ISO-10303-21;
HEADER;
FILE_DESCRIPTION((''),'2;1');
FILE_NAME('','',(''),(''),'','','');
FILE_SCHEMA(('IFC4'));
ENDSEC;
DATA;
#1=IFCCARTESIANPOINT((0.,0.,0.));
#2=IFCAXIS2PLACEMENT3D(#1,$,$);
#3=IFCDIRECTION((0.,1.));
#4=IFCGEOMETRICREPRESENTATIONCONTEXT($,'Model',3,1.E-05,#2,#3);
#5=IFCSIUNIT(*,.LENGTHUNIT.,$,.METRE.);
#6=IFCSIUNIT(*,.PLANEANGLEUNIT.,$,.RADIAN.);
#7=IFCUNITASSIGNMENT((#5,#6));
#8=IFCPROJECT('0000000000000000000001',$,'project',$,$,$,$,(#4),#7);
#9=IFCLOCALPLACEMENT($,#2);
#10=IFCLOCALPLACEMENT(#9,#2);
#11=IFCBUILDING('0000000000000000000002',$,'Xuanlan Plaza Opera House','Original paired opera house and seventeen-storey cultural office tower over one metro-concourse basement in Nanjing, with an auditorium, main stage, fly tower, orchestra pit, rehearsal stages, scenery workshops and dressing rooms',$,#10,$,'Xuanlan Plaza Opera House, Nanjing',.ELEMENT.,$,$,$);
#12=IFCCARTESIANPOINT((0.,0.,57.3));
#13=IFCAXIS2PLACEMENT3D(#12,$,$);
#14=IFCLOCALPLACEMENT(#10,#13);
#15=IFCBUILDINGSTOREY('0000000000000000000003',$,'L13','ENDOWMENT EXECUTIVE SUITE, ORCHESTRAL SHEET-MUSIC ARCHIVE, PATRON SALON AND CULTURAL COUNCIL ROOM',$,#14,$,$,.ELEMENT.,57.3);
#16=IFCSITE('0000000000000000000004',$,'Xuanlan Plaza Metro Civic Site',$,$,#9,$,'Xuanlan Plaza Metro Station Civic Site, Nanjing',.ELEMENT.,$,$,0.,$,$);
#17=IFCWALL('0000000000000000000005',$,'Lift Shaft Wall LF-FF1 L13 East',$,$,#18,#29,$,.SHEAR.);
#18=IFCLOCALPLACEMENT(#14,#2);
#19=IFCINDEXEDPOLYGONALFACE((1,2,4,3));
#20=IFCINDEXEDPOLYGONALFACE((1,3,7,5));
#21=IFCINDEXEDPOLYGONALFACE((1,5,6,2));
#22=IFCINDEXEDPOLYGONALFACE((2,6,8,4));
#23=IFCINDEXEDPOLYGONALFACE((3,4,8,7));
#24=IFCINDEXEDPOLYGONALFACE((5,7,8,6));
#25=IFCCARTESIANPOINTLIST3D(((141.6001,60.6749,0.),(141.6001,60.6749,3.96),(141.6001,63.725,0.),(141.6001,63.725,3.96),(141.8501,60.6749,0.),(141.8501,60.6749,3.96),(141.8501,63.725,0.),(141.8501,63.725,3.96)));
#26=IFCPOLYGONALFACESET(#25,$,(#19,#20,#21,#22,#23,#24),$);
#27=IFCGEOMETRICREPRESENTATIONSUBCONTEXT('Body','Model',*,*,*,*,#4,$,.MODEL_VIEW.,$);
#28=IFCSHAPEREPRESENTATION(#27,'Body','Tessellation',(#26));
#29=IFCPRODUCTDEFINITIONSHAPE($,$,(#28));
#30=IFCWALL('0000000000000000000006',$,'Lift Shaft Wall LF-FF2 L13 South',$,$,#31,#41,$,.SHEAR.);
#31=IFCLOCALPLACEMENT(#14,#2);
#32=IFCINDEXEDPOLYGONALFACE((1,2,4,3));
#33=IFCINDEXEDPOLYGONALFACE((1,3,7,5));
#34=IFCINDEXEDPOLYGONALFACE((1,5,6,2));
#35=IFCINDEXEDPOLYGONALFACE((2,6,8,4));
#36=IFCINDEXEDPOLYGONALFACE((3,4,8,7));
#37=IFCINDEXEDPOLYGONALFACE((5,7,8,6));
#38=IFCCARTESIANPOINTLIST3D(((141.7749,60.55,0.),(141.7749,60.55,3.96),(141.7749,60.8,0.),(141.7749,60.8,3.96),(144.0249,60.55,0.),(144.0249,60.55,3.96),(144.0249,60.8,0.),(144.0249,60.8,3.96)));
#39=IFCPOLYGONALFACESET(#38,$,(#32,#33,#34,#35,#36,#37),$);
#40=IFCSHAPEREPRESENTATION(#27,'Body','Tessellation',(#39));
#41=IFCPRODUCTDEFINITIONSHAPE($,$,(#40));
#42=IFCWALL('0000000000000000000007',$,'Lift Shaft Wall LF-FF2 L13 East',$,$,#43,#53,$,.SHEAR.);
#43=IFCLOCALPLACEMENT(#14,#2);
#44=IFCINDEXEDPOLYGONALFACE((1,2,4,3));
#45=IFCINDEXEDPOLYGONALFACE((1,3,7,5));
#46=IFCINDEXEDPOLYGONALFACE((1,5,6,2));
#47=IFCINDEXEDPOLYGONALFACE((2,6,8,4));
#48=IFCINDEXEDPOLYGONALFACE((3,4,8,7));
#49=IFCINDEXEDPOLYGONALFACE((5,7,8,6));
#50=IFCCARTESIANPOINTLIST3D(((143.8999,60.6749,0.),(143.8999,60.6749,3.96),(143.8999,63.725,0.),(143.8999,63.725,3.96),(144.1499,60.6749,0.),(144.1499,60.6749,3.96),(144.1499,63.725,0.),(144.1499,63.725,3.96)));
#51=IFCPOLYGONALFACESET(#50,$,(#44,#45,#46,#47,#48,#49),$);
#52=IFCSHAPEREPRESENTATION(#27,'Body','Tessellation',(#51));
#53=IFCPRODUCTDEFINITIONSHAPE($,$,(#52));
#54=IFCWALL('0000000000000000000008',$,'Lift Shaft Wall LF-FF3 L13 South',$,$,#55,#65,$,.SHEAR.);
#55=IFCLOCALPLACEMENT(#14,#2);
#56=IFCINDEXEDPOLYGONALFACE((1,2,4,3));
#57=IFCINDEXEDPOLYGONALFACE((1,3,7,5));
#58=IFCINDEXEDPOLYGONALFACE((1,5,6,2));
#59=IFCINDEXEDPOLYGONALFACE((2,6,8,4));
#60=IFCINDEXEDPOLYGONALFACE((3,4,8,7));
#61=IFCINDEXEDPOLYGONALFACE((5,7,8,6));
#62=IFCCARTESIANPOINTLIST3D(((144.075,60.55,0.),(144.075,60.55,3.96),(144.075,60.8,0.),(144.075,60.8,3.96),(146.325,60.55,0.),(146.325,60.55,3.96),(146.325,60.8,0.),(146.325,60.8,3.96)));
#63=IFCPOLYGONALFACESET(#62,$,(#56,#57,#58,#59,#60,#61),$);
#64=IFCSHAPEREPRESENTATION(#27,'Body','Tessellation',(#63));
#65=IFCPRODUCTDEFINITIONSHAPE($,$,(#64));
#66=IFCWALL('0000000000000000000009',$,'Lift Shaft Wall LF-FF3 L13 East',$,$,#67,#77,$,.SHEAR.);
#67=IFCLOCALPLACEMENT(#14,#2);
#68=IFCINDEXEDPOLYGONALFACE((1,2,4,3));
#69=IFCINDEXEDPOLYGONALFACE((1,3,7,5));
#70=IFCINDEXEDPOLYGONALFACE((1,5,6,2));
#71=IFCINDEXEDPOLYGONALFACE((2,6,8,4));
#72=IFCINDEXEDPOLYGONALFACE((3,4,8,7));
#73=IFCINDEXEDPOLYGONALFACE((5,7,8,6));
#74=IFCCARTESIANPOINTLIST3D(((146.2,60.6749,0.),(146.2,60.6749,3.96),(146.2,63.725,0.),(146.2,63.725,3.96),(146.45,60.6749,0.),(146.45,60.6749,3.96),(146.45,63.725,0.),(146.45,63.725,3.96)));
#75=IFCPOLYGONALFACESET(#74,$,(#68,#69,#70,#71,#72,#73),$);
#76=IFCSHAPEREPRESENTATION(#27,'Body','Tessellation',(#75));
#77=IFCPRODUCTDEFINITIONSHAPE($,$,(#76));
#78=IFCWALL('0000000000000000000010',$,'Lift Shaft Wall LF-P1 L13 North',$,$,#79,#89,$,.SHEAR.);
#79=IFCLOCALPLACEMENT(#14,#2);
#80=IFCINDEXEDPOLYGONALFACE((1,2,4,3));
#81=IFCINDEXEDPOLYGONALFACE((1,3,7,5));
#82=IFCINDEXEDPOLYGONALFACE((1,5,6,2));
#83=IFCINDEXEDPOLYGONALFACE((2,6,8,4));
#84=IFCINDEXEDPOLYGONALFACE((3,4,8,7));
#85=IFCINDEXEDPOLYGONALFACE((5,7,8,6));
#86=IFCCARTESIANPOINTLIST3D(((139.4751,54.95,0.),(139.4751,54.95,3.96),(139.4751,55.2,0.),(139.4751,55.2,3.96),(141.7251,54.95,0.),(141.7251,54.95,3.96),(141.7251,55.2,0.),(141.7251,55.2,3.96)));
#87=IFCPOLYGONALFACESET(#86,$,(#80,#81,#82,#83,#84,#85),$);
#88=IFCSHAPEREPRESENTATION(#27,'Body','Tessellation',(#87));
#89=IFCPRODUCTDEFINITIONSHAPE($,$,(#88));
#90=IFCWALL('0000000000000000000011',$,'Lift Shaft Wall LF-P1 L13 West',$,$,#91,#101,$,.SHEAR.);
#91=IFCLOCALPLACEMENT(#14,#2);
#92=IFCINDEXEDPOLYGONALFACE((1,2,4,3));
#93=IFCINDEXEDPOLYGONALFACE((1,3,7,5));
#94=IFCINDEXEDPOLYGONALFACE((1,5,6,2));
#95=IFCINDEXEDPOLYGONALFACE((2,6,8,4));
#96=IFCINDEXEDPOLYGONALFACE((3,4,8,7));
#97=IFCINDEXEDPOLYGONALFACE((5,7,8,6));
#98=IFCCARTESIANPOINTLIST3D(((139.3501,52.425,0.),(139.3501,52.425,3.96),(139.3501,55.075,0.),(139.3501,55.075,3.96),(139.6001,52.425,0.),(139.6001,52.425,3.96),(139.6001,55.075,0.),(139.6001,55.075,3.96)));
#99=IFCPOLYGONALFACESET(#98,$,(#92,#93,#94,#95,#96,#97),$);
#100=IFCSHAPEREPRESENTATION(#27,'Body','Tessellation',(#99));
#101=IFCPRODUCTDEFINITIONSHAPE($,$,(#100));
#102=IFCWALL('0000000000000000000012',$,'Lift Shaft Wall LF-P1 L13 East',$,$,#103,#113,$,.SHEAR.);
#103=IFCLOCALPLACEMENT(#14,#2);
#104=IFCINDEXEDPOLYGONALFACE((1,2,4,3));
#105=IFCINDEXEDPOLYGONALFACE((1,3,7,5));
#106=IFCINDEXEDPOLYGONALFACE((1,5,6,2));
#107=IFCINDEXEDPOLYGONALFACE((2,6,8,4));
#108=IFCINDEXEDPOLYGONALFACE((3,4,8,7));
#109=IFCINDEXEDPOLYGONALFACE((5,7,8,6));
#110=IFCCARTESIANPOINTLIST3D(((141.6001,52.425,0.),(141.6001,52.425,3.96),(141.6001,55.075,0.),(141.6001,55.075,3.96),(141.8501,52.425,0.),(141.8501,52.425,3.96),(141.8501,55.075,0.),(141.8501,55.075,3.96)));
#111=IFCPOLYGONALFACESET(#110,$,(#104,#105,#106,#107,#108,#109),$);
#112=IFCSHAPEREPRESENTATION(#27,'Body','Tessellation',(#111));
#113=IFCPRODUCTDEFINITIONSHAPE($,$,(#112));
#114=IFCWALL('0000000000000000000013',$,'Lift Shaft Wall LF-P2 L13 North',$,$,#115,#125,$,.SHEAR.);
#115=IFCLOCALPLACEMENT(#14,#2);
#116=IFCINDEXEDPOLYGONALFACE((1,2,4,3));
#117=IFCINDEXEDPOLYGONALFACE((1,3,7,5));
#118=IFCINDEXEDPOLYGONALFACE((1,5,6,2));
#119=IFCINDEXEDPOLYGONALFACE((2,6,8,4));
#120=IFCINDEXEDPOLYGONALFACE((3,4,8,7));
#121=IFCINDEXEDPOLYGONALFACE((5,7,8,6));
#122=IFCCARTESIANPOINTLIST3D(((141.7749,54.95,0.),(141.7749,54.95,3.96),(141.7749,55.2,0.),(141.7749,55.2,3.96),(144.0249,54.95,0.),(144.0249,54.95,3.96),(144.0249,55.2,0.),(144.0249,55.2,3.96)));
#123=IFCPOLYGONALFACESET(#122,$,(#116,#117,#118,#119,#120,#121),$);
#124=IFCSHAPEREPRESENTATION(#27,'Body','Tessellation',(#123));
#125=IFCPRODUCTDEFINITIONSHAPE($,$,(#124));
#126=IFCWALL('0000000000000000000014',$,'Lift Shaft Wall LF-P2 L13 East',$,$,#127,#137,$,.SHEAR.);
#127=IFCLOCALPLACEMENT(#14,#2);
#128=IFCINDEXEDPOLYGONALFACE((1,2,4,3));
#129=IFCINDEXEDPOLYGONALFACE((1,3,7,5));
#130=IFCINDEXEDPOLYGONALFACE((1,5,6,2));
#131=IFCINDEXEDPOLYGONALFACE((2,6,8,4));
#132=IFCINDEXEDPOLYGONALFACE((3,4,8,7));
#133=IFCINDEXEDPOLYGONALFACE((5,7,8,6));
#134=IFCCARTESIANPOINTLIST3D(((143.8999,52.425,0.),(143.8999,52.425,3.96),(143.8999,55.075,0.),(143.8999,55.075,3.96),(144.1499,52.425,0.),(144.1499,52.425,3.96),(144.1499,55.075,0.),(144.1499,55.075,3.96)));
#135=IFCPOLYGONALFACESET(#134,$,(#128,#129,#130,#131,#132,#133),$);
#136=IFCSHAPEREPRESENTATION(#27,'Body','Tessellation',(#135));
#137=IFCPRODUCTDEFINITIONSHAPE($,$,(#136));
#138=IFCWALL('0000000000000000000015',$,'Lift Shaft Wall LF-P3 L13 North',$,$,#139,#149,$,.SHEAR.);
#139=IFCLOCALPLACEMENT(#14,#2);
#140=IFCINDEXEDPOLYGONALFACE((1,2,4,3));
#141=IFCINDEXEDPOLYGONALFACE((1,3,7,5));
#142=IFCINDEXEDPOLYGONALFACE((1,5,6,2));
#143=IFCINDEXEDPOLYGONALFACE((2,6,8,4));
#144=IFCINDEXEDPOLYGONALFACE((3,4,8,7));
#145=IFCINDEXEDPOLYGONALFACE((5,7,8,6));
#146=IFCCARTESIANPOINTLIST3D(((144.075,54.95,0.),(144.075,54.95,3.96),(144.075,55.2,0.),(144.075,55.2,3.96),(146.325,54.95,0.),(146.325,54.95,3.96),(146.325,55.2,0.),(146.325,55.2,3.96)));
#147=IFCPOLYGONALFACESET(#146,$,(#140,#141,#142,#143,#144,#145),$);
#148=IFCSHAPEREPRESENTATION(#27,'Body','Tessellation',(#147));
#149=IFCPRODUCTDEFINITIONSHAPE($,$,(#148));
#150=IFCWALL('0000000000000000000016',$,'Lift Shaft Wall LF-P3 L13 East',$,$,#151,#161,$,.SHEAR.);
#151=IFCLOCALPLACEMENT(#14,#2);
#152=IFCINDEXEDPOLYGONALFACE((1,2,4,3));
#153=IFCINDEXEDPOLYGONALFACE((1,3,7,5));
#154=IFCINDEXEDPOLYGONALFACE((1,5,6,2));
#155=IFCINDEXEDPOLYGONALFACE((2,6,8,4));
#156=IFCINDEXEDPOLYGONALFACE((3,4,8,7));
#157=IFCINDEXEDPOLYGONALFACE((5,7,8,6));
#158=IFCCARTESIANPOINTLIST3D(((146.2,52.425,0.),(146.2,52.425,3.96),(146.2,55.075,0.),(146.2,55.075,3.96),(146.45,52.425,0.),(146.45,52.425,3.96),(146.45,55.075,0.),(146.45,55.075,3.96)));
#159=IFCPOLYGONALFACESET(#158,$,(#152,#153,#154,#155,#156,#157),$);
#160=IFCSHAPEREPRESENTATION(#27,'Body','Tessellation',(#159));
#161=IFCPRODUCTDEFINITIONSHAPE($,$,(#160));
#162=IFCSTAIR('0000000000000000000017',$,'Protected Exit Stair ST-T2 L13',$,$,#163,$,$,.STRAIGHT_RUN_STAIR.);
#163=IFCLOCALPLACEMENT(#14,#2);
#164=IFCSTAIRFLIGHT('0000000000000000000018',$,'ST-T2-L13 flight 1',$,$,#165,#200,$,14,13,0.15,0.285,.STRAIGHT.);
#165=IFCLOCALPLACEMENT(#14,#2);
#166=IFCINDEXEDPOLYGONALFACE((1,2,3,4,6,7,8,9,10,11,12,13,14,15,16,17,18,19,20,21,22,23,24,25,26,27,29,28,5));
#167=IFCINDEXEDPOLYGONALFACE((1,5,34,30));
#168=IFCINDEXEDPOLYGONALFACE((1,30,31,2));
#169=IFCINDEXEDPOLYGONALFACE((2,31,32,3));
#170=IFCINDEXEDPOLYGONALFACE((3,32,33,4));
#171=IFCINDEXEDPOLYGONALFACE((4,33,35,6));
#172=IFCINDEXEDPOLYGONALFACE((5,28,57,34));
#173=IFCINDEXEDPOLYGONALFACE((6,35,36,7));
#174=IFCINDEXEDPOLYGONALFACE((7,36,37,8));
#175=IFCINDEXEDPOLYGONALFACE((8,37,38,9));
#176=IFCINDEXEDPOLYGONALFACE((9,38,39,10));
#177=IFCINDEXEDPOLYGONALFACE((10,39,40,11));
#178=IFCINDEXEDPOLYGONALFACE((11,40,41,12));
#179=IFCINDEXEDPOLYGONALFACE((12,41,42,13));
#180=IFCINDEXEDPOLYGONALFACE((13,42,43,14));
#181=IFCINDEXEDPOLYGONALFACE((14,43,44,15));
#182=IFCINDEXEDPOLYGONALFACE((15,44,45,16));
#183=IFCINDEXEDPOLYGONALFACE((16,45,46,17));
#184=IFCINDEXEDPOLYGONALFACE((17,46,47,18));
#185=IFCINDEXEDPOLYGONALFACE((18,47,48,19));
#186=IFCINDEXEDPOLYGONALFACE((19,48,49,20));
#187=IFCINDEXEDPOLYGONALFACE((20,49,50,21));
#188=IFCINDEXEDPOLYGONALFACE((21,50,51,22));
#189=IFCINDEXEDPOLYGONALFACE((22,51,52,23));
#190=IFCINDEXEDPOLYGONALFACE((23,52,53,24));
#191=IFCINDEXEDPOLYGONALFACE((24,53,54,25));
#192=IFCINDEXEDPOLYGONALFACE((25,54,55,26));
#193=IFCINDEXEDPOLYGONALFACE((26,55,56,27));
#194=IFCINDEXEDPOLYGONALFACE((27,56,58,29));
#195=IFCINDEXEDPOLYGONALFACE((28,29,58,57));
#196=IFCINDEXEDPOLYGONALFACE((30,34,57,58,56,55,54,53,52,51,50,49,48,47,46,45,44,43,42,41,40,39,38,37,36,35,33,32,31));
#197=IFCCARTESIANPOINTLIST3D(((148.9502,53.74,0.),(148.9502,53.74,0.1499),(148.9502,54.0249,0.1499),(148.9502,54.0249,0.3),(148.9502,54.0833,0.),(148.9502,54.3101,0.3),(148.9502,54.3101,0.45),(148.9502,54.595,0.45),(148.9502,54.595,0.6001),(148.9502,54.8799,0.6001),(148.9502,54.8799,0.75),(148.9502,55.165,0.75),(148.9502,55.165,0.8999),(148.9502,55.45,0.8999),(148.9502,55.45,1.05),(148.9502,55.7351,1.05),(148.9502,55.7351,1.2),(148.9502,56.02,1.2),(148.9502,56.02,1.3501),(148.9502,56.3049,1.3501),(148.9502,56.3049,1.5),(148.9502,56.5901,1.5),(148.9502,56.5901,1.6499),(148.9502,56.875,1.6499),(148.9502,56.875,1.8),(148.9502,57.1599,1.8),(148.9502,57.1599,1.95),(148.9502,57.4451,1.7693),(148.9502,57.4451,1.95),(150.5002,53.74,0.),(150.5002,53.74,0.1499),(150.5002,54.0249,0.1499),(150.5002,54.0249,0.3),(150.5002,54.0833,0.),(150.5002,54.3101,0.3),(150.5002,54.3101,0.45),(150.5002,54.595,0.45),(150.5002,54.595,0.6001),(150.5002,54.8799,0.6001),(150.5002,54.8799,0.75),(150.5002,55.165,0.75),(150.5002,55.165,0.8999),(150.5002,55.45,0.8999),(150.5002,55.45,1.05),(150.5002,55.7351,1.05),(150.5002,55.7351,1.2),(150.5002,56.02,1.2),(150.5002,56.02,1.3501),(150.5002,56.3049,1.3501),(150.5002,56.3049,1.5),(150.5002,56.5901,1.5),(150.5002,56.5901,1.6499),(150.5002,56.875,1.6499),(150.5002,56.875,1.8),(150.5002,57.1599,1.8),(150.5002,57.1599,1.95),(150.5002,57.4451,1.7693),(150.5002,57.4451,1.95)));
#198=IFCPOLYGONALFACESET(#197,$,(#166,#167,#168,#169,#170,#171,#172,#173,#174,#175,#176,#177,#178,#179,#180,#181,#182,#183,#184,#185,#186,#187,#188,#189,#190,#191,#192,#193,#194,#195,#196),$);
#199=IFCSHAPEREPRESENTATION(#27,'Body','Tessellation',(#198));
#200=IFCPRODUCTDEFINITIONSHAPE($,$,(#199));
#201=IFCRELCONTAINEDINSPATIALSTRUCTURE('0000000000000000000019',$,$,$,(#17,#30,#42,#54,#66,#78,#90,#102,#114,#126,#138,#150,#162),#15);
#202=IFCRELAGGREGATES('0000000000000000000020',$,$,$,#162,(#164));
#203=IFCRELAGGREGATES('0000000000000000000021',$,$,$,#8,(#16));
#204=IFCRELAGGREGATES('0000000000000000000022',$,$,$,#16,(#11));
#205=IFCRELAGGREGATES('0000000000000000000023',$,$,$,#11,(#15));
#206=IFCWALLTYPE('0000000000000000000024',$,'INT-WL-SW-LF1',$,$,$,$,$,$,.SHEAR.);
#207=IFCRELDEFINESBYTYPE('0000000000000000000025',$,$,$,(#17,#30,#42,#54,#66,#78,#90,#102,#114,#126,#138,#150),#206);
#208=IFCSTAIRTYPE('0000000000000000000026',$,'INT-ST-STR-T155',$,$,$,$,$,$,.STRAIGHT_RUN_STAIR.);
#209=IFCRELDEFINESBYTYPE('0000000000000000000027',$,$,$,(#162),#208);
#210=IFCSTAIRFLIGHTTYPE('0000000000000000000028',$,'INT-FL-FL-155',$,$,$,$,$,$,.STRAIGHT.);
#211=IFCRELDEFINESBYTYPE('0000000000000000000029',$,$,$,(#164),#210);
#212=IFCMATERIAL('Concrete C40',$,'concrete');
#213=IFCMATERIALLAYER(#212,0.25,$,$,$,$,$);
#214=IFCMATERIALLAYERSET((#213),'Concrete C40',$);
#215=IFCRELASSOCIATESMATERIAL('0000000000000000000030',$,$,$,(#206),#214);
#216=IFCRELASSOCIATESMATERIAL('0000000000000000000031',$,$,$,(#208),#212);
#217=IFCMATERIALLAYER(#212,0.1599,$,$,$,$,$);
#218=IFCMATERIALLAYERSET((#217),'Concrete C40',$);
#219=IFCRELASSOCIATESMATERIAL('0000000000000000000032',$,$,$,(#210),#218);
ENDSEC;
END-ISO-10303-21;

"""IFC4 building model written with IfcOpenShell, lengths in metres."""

from ifc_helpers import new_model, si_unit, direction, frame, frame_2d, origin, place, context, subcontext, project, spatial, polyline, rectangle, outline, extrude, material, layer, layer_set, type_object, element, aggregate, save


model = new_model("IFC4")

# Units and contexts
model_context = context("Model", 3, precision=1e-05, world=origin(), true_north=direction((0.0, 1.0)))
body_context = subcontext(model_context, "Body", "Model", "MODEL_VIEW")
ifc_project = project(units=[si_unit("LENGTHUNIT", "METRE"), si_unit("PLANEANGLEUNIT", "RADIAN")], contexts=[model_context])

# Site, building, storey
site_placement = place(None, origin())
site = spatial("IfcSite", under=ifc_project, at=site_placement, Name="Xuanlan Plaza Metro Civic Site", LongName="Xuanlan Plaza Metro Station Civic Site, Nanjing", CompositionType="ELEMENT", RefElevation=0.0)
building_placement = place(site_placement, origin())
building = spatial("IfcBuilding", under=site, at=building_placement, Name="Xuanlan Plaza Opera House", Description="Original paired opera house and seventeen-storey cultural office tower over one metro-concourse basement in Nanjing, with an auditorium, main stage, fly tower, orchestra pit, rehearsal stages, scenery workshops and dressing rooms", LongName="Xuanlan Plaza Opera House, Nanjing", CompositionType="ELEMENT")
storey_placement = place(building_placement, frame((0.0, 0.0, 57.3)))
storey = spatial("IfcBuildingStorey", under=building, at=storey_placement, Name="L13", Description="ENDOWMENT EXECUTIVE SUITE, ORCHESTRAL SHEET-MUSIC ARCHIVE, PATRON SALON AND CULTURAL COUNCIL ROOM", CompositionType="ELEMENT", Elevation=57.3)

# Shared definitions
ifc_material_1 = material(Name="Concrete C40", Category="concrete")

# Walls
ifc_layer_1 = layer(ifc_material_1, 0.25)
ifc_layer_set_1 = layer_set([ifc_layer_1], Name="Concrete C40")
wall_type = type_object("IfcWallType", Name="INT-WL-SW-LF1", PredefinedType="SHEAR", material=ifc_layer_set_1)
for number, where, z_axis, x_axis, name in (
    (1, (141.7251, 60.675, 0.0), (0.0, 0.0, 1.0), (0.0, 1.0, 0.0), "Lift Shaft Wall LF-FF1 L13 East"),
):
    element("IfcWall", number, at=place(storey_placement, frame(where, z_axis=z_axis, x_axis=x_axis)), inside=storey, type_object=wall_type, Name=name, PredefinedType="SHEAR", context=body_context, shape_type="SweptSolid", body=[
        extrude(rectangle(XDim=3.05, YDim=0.25, at=frame_2d((1.5249, 0.0))), origin(), (0.0, 0.0, 1.0), 3.96),
    ])
wall_1_placement = place(storey_placement, frame((141.7749, 60.675, 0.0), z_axis=(0.0, 0.0, 1.0), x_axis=(1.0, 0.0, 0.0)))
element("IfcWall", 2, at=wall_1_placement, inside=storey, type_object=wall_type, Name="Lift Shaft Wall LF-FF2 L13 South", PredefinedType="SHEAR", context=body_context, shape_type="SweptSolid", body=[
    extrude(rectangle(XDim=2.25, YDim=0.25, at=frame_2d((1.125, 0.0))), origin(), (0.0, 0.0, 1.0), 3.96),
])
wall_2_placement = place(storey_placement, frame((144.0249, 60.675, 0.0), z_axis=(0.0, 0.0, 1.0), x_axis=(0.0, 1.0, 0.0)))
element("IfcWall", 3, at=wall_2_placement, inside=storey, type_object=wall_type, Name="Lift Shaft Wall LF-FF2 L13 East", PredefinedType="SHEAR", context=body_context, shape_type="SweptSolid", body=[
    extrude(rectangle(XDim=3.05, YDim=0.25, at=frame_2d((1.5249, 0.0))), origin(), (0.0, 0.0, 1.0), 3.96),
])
wall_3_placement = place(storey_placement, frame((144.075, 60.675, 0.0), z_axis=(0.0, 0.0, 1.0), x_axis=(1.0, 0.0, 0.0)))
element("IfcWall", 4, at=wall_3_placement, inside=storey, type_object=wall_type, Name="Lift Shaft Wall LF-FF3 L13 South", PredefinedType="SHEAR", context=body_context, shape_type="SweptSolid", body=[
    extrude(rectangle(XDim=2.25, YDim=0.25, at=frame_2d((1.125, 0.0))), origin(), (0.0, 0.0, 1.0), 3.96),
])
wall_4_placement = place(storey_placement, frame((146.325, 60.675, 0.0), z_axis=(0.0, 0.0, 1.0), x_axis=(0.0, 1.0, 0.0)))
element("IfcWall", 5, at=wall_4_placement, inside=storey, type_object=wall_type, Name="Lift Shaft Wall LF-FF3 L13 East", PredefinedType="SHEAR", context=body_context, shape_type="SweptSolid", body=[
    extrude(rectangle(XDim=3.05, YDim=0.25, at=frame_2d((1.5249, 0.0))), origin(), (0.0, 0.0, 1.0), 3.96),
])

# Walls
wall_5_placement = place(storey_placement, frame((139.4751, 55.075, 0.0), z_axis=(0.0, 0.0, 1.0), x_axis=(1.0, 0.0, 0.0)))
element("IfcWall", 6, at=wall_5_placement, inside=storey, type_object=wall_type, Name="Lift Shaft Wall LF-P1 L13 North", PredefinedType="SHEAR", context=body_context, shape_type="SweptSolid", body=[
    extrude(rectangle(XDim=2.25, YDim=0.25, at=frame_2d((1.125, 0.0))), origin(), (0.0, 0.0, 1.0), 3.96),
])
for number, where, z_axis, x_axis, name in (
    (7, (139.4751, 52.425, 0.0), (0.0, 0.0, 1.0), (0.0, 1.0, 0.0), "Lift Shaft Wall LF-P1 L13 West"),
    (8, (141.7251, 52.425, 0.0), (0.0, 0.0, 1.0), (0.0, 1.0, 0.0), "Lift Shaft Wall LF-P1 L13 East"),
):
    element("IfcWall", number, at=place(storey_placement, frame(where, z_axis=z_axis, x_axis=x_axis)), inside=storey, type_object=wall_type, Name=name, PredefinedType="SHEAR", context=body_context, shape_type="SweptSolid", body=[
        extrude(rectangle(XDim=2.6499, YDim=0.25, at=frame_2d((1.325, 0.0))), origin(), (0.0, 0.0, 1.0), 3.96),
    ])

# Walls
wall_6_placement = place(storey_placement, frame((141.7749, 55.075, 0.0), z_axis=(0.0, 0.0, 1.0), x_axis=(1.0, 0.0, 0.0)))
element("IfcWall", 9, at=wall_6_placement, inside=storey, type_object=wall_type, Name="Lift Shaft Wall LF-P2 L13 North", PredefinedType="SHEAR", context=body_context, shape_type="SweptSolid", body=[
    extrude(rectangle(XDim=2.25, YDim=0.25, at=frame_2d((1.125, 0.0))), origin(), (0.0, 0.0, 1.0), 3.96),
])
wall_7_placement = place(storey_placement, frame((144.0249, 52.425, 0.0), z_axis=(0.0, 0.0, 1.0), x_axis=(0.0, 1.0, 0.0)))
element("IfcWall", 10, at=wall_7_placement, inside=storey, type_object=wall_type, Name="Lift Shaft Wall LF-P2 L13 East", PredefinedType="SHEAR", context=body_context, shape_type="SweptSolid", body=[
    extrude(rectangle(XDim=2.6499, YDim=0.25, at=frame_2d((1.325, 0.0))), origin(), (0.0, 0.0, 1.0), 3.96),
])

# Walls
wall_8_placement = place(storey_placement, frame((144.075, 55.075, 0.0), z_axis=(0.0, 0.0, 1.0), x_axis=(1.0, 0.0, 0.0)))
element("IfcWall", 11, at=wall_8_placement, inside=storey, type_object=wall_type, Name="Lift Shaft Wall LF-P3 L13 North", PredefinedType="SHEAR", context=body_context, shape_type="SweptSolid", body=[
    extrude(rectangle(XDim=2.25, YDim=0.25, at=frame_2d((1.125, 0.0))), origin(), (0.0, 0.0, 1.0), 3.96),
])
wall_9_placement = place(storey_placement, frame((146.325, 52.425, 0.0), z_axis=(0.0, 0.0, 1.0), x_axis=(0.0, 1.0, 0.0)))
element("IfcWall", 12, at=wall_9_placement, inside=storey, type_object=wall_type, Name="Lift Shaft Wall LF-P3 L13 East", PredefinedType="SHEAR", context=body_context, shape_type="SweptSolid", body=[
    extrude(rectangle(XDim=2.6499, YDim=0.25, at=frame_2d((1.325, 0.0))), origin(), (0.0, 0.0, 1.0), 3.96),
])

# Stair, stair flight
stair_type = type_object("IfcStairType", Name="INT-ST-STR-T155", PredefinedType="STRAIGHT_RUN_STAIR", material=ifc_material_1)
stair_placement = place(storey_placement, origin())
stair = element("IfcStair", 13, at=stair_placement, inside=storey, type_object=stair_type, Name="Protected Exit Stair ST-T2 L13", PredefinedType="STRAIGHT_RUN_STAIR")
ifc_layer_2 = layer(ifc_material_1, 0.1599)
ifc_layer_set_2 = layer_set([ifc_layer_2], Name="Concrete C40")
stair_flight_type = type_object("IfcStairFlightType", Name="INT-FL-FL-155", PredefinedType="STRAIGHT", material=ifc_layer_set_2)
stair_flight_1_placement = place(storey_placement, frame((149.7251, 53.74, 0.0), z_axis=(0.0, 0.0, 1.0), x_axis=(0.0, 1.0, 0.0)))
stair_flight_1 = element("IfcStairFlight", 14, at=stair_flight_1_placement, type_object=stair_flight_type, Name="ST-T2-L13 flight 1", NumberOfRisers=14, NumberOfTreads=13, PredefinedType="STRAIGHT", RiserHeight=0.15, TreadLength=0.285, context=body_context, shape_type="SweptSolid", body=[
    extrude(outline(polyline([(0.0, 0.0), (0.0, 0.1499), (0.2849, 0.1499), (0.2849, 0.3), (0.5701, 0.3), (0.5701, 0.45), (0.855, 0.45), (0.855, 0.6001), (1.1399, 0.6001), (1.1399, 0.75), (1.425, 0.75), (1.425, 0.8999), (1.71, 0.8999), (1.71, 1.05), (1.9951, 1.05), (1.9951, 1.2), (2.28, 1.2), (2.28, 1.3501), (2.5649, 1.3501), (2.5649, 1.5), (2.8501, 1.5), (2.8501, 1.6499), (3.135, 1.6499), (3.135, 1.8), (3.4199, 1.8), (3.4199, 1.95), (3.7051, 1.95), (3.7051, 2.1001), (3.7051, 1.7693), (0.3433, 0.0), (0.0, 0.0)])), frame((0.0, 0.7749, 0.0), z_axis=(0.0, -1.0, 0.0), x_axis=(1.0, 0.0, 0.0)), (0.0, 0.0, 1.0), 1.55),
])
aggregate(stair, [stair_flight_1])

save(model, "model.ifc")
